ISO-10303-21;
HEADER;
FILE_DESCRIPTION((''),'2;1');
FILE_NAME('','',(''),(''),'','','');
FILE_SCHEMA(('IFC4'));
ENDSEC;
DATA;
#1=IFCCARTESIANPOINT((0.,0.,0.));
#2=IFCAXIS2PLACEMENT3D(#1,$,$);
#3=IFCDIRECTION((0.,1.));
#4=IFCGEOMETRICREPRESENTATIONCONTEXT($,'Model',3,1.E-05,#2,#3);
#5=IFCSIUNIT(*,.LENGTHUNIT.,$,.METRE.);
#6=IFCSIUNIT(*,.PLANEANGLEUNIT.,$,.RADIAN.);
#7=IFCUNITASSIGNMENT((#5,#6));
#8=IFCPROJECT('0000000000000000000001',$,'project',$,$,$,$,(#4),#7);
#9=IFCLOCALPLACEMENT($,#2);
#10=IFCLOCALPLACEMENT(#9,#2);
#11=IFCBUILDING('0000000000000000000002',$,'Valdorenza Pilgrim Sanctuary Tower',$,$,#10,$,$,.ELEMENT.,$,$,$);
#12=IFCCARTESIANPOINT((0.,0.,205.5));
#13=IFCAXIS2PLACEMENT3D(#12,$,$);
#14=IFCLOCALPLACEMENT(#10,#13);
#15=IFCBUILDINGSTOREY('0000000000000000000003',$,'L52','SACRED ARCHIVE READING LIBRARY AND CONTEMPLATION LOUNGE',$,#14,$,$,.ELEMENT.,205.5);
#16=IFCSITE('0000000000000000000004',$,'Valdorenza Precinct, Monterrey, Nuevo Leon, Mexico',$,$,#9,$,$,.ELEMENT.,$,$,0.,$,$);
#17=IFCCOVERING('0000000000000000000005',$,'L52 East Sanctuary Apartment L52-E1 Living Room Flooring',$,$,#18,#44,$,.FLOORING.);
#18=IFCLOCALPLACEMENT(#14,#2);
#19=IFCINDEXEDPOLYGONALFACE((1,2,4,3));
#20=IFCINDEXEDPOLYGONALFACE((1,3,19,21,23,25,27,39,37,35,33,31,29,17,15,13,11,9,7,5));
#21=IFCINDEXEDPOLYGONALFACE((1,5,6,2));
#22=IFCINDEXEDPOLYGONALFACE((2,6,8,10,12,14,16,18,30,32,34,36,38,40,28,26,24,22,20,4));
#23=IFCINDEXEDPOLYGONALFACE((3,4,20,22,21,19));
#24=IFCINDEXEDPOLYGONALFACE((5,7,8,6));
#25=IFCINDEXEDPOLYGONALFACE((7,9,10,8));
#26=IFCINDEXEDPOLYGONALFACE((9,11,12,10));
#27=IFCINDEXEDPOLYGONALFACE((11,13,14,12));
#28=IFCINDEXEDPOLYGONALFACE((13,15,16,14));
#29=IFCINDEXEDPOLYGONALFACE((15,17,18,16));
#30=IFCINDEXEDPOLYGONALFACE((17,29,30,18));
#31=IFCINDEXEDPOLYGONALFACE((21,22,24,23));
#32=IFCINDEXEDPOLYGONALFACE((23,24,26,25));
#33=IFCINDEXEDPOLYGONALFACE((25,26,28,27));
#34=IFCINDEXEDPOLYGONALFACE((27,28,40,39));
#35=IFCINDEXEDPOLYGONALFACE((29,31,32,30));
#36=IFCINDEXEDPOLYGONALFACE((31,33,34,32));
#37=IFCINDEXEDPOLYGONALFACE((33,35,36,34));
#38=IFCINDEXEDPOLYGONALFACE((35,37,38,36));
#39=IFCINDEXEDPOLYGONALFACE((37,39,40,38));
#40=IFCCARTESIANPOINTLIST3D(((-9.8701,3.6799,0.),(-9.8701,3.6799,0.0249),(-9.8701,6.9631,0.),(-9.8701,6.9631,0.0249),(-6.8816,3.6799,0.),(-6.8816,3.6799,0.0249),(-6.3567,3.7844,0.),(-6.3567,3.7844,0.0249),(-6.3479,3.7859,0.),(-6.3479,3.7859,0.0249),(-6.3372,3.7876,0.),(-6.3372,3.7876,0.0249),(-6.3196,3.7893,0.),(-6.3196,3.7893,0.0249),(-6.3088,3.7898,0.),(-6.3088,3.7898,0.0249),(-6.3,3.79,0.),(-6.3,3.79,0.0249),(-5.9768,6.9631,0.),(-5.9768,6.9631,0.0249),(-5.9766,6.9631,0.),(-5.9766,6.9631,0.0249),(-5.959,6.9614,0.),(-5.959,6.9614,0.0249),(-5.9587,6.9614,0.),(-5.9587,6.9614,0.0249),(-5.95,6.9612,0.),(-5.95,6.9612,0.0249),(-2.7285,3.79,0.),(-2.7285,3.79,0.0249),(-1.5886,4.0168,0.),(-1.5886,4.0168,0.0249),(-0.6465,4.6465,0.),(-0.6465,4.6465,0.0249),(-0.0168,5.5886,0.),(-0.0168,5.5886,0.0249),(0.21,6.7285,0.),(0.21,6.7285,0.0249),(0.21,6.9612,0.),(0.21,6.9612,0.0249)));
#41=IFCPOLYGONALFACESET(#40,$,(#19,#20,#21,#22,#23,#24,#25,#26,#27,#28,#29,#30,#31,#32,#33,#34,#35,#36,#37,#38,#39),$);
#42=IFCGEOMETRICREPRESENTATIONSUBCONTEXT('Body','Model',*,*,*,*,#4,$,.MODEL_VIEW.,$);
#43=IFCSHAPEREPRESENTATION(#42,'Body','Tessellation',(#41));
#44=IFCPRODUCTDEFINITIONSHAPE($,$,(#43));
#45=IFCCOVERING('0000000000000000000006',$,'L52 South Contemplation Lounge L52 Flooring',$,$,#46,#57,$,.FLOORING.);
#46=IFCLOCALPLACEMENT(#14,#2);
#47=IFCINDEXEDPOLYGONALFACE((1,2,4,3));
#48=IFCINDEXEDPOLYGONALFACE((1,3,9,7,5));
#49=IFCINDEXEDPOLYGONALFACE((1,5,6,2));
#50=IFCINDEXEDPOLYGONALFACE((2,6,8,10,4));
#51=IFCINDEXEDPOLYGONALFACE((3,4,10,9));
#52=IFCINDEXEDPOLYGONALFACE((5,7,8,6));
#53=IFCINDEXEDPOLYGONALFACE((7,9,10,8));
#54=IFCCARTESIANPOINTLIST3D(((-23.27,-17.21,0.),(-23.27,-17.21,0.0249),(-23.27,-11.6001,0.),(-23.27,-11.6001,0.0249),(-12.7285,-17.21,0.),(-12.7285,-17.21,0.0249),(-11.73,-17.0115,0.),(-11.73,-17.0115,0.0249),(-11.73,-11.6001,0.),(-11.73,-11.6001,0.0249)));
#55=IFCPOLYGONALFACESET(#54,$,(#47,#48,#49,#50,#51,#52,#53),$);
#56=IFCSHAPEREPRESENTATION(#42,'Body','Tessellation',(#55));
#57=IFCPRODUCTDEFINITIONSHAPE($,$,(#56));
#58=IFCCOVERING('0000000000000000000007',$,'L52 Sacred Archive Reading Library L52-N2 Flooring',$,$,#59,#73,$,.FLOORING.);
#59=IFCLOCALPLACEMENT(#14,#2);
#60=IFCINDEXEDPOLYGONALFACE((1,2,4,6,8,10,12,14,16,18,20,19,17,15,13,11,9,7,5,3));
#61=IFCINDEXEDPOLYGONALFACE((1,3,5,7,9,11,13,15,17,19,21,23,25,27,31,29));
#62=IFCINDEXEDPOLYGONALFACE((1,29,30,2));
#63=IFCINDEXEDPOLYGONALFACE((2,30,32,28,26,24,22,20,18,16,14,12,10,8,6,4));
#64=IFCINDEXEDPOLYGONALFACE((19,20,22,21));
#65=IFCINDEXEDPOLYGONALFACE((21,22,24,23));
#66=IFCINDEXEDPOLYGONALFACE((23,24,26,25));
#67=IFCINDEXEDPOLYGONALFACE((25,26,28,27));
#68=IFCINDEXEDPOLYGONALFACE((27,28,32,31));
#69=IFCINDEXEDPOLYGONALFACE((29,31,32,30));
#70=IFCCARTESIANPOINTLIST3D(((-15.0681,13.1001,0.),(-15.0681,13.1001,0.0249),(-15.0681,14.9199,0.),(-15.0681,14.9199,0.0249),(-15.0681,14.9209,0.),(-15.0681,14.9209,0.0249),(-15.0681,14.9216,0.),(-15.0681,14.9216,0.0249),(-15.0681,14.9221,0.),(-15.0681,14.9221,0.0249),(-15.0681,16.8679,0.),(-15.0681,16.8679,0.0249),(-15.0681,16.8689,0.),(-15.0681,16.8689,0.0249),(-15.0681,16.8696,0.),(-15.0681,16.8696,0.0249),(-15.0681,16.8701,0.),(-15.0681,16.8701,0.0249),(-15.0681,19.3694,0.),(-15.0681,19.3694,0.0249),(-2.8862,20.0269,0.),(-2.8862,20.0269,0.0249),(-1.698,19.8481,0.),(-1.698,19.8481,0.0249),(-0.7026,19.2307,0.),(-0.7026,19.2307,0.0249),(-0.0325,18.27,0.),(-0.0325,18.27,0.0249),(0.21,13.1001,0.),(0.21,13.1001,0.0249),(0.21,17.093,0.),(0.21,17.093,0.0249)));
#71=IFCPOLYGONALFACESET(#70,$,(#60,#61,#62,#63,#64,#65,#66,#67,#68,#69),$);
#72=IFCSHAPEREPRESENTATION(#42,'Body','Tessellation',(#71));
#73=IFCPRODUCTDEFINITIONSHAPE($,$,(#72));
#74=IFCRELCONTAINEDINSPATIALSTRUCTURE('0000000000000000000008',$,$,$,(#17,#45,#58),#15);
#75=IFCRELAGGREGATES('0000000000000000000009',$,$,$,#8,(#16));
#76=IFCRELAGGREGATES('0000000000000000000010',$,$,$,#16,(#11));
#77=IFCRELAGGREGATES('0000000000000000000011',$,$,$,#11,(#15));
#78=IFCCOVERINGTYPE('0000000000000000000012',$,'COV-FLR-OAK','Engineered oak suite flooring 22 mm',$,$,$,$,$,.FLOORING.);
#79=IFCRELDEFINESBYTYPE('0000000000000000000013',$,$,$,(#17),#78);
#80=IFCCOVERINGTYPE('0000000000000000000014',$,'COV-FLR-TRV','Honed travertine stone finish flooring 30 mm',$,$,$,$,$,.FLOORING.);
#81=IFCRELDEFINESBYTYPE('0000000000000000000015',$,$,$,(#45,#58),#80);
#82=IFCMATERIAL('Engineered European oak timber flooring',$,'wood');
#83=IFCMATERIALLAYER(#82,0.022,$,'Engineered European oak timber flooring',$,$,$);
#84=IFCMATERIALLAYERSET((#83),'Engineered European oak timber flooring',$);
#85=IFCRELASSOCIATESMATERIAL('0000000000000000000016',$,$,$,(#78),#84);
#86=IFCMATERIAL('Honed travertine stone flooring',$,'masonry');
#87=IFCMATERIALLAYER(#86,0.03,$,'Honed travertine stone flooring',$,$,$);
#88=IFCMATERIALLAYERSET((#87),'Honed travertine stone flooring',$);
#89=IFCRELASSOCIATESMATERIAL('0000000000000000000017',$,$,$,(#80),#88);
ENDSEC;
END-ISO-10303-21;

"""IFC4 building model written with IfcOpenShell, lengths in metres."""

from ifc_helpers import new_model, si_unit, direction, frame, origin, place, context, subcontext, project, spatial, polyline, outline, extrude, material, layer, layer_set, type_object, element, save


model = new_model("IFC4")

# Units and contexts
model_context = context("Model", 3, precision=1e-05, world=origin(), true_north=direction((0.0, 1.0)))
body_context = subcontext(model_context, "Body", "Model", "MODEL_VIEW")
ifc_project = project(units=[si_unit("LENGTHUNIT", "METRE"), si_unit("PLANEANGLEUNIT", "RADIAN")], contexts=[model_context])

# Site, building, storey
site_placement = place(None, origin())
site = spatial("IfcSite", under=ifc_project, at=site_placement, Name="Valdorenza Precinct, Monterrey, Nuevo Leon, Mexico", CompositionType="ELEMENT", RefElevation=0.0)
building_placement = place(site_placement, origin())
building = spatial("IfcBuilding", under=site, at=building_placement, Name="Valdorenza Pilgrim Sanctuary Tower", CompositionType="ELEMENT")
storey_placement = place(building_placement, frame((0.0, 0.0, 205.5)))
storey = spatial("IfcBuildingStorey", under=building, at=storey_placement, Name="L52", Description="SACRED ARCHIVE READING LIBRARY AND CONTEMPLATION LOUNGE", CompositionType="ELEMENT", Elevation=205.5)

# Coverings
ifc_material_1 = material(Name="Engineered European oak timber flooring", Category="wood")
ifc_layer_1 = layer(ifc_material_1, 0.022, Name="Engineered European oak timber flooring")
ifc_layer_set_1 = layer_set([ifc_layer_1], Name="Engineered European oak timber flooring")
covering_type_1 = type_object("IfcCoveringType", Name="COV-FLR-OAK", Description="Engineered oak suite flooring 22 mm", PredefinedType="FLOORING", material=ifc_layer_set_1)
covering_1_placement = place(storey_placement, origin())
element("IfcCovering", 1, at=covering_1_placement, inside=storey, type_object=covering_type_1, Name="L52 East Sanctuary Apartment L52-E1 Living Room Flooring", PredefinedType="FLOORING", context=body_context, shape_type="SweptSolid", body=[
    extrude(outline(polyline([(-9.8701, 6.9631), (-5.9768, 6.9631), (-5.9768, 6.9631), (-5.9766, 6.9631), (-5.959, 6.9614), (-5.9587, 6.9614), (-5.95, 6.9612), (0.21, 6.9612), (0.21, 6.7285), (-0.0168, 5.5886), (-0.6465, 4.6465), (-1.5886, 4.0168), (-2.7285, 3.79), (-6.3, 3.79), (-6.3088, 3.7898), (-6.3196, 3.7893), (-6.3372, 3.7876), (-6.3479, 3.7859), (-6.3567, 3.7844), (-6.8816, 3.6799), (-9.8701, 3.6799), (-9.8701, 6.9631)])), origin(), (0.0, 0.0, 1.0), 0.0249),
])
ifc_material_2 = material(Name="Honed travertine stone flooring", Category="masonry")
ifc_layer_2 = layer(ifc_material_2, 0.03, Name="Honed travertine stone flooring")
ifc_layer_set_2 = layer_set([ifc_layer_2], Name="Honed travertine stone flooring")
covering_type_2 = type_object("IfcCoveringType", Name="COV-FLR-TRV", Description="Honed travertine stone finish flooring 30 mm", PredefinedType="FLOORING", material=ifc_layer_set_2)
covering_2_placement = place(storey_placement, origin())
element("IfcCovering", 2, at=covering_2_placement, inside=storey, type_object=covering_type_2, Name="L52 South Contemplation Lounge L52 Flooring", PredefinedType="FLOORING", context=body_context, shape_type="SweptSolid", body=[
    extrude(outline(polyline([(-11.73, -11.6001), (-11.73, -17.0115), (-12.7285, -17.21), (-23.27, -17.21), (-23.27, -11.6001), (-11.73, -11.6001)])), origin(), (0.0, 0.0, 1.0), 0.0249),
])
covering_3_placement = place(storey_placement, origin())
element("IfcCovering", 3, at=covering_3_placement, inside=storey, type_object=covering_type_2, Name="L52 Sacred Archive Reading Library L52-N2 Flooring", PredefinedType="FLOORING", context=body_context, shape_type="SweptSolid", body=[
    extrude(outline(polyline([(-15.0681, 14.9216), (-15.0681, 14.9221), (-15.0681, 16.8679), (-15.0681, 16.8689), (-15.0681, 16.8696), (-15.0681, 16.8701), (-15.0681, 19.3694), (-2.8862, 20.0269), (-1.698, 19.8481), (-0.7026, 19.2307), (-0.0325, 18.27), (0.21, 17.093), (0.21, 13.1001), (-15.0681, 13.1001), (-15.0681, 14.9199), (-15.0681, 14.9209), (-15.0681, 14.9216)])), origin(), (0.0, 0.0, 1.0), 0.0249),
])

save(model, "model.ifc")
